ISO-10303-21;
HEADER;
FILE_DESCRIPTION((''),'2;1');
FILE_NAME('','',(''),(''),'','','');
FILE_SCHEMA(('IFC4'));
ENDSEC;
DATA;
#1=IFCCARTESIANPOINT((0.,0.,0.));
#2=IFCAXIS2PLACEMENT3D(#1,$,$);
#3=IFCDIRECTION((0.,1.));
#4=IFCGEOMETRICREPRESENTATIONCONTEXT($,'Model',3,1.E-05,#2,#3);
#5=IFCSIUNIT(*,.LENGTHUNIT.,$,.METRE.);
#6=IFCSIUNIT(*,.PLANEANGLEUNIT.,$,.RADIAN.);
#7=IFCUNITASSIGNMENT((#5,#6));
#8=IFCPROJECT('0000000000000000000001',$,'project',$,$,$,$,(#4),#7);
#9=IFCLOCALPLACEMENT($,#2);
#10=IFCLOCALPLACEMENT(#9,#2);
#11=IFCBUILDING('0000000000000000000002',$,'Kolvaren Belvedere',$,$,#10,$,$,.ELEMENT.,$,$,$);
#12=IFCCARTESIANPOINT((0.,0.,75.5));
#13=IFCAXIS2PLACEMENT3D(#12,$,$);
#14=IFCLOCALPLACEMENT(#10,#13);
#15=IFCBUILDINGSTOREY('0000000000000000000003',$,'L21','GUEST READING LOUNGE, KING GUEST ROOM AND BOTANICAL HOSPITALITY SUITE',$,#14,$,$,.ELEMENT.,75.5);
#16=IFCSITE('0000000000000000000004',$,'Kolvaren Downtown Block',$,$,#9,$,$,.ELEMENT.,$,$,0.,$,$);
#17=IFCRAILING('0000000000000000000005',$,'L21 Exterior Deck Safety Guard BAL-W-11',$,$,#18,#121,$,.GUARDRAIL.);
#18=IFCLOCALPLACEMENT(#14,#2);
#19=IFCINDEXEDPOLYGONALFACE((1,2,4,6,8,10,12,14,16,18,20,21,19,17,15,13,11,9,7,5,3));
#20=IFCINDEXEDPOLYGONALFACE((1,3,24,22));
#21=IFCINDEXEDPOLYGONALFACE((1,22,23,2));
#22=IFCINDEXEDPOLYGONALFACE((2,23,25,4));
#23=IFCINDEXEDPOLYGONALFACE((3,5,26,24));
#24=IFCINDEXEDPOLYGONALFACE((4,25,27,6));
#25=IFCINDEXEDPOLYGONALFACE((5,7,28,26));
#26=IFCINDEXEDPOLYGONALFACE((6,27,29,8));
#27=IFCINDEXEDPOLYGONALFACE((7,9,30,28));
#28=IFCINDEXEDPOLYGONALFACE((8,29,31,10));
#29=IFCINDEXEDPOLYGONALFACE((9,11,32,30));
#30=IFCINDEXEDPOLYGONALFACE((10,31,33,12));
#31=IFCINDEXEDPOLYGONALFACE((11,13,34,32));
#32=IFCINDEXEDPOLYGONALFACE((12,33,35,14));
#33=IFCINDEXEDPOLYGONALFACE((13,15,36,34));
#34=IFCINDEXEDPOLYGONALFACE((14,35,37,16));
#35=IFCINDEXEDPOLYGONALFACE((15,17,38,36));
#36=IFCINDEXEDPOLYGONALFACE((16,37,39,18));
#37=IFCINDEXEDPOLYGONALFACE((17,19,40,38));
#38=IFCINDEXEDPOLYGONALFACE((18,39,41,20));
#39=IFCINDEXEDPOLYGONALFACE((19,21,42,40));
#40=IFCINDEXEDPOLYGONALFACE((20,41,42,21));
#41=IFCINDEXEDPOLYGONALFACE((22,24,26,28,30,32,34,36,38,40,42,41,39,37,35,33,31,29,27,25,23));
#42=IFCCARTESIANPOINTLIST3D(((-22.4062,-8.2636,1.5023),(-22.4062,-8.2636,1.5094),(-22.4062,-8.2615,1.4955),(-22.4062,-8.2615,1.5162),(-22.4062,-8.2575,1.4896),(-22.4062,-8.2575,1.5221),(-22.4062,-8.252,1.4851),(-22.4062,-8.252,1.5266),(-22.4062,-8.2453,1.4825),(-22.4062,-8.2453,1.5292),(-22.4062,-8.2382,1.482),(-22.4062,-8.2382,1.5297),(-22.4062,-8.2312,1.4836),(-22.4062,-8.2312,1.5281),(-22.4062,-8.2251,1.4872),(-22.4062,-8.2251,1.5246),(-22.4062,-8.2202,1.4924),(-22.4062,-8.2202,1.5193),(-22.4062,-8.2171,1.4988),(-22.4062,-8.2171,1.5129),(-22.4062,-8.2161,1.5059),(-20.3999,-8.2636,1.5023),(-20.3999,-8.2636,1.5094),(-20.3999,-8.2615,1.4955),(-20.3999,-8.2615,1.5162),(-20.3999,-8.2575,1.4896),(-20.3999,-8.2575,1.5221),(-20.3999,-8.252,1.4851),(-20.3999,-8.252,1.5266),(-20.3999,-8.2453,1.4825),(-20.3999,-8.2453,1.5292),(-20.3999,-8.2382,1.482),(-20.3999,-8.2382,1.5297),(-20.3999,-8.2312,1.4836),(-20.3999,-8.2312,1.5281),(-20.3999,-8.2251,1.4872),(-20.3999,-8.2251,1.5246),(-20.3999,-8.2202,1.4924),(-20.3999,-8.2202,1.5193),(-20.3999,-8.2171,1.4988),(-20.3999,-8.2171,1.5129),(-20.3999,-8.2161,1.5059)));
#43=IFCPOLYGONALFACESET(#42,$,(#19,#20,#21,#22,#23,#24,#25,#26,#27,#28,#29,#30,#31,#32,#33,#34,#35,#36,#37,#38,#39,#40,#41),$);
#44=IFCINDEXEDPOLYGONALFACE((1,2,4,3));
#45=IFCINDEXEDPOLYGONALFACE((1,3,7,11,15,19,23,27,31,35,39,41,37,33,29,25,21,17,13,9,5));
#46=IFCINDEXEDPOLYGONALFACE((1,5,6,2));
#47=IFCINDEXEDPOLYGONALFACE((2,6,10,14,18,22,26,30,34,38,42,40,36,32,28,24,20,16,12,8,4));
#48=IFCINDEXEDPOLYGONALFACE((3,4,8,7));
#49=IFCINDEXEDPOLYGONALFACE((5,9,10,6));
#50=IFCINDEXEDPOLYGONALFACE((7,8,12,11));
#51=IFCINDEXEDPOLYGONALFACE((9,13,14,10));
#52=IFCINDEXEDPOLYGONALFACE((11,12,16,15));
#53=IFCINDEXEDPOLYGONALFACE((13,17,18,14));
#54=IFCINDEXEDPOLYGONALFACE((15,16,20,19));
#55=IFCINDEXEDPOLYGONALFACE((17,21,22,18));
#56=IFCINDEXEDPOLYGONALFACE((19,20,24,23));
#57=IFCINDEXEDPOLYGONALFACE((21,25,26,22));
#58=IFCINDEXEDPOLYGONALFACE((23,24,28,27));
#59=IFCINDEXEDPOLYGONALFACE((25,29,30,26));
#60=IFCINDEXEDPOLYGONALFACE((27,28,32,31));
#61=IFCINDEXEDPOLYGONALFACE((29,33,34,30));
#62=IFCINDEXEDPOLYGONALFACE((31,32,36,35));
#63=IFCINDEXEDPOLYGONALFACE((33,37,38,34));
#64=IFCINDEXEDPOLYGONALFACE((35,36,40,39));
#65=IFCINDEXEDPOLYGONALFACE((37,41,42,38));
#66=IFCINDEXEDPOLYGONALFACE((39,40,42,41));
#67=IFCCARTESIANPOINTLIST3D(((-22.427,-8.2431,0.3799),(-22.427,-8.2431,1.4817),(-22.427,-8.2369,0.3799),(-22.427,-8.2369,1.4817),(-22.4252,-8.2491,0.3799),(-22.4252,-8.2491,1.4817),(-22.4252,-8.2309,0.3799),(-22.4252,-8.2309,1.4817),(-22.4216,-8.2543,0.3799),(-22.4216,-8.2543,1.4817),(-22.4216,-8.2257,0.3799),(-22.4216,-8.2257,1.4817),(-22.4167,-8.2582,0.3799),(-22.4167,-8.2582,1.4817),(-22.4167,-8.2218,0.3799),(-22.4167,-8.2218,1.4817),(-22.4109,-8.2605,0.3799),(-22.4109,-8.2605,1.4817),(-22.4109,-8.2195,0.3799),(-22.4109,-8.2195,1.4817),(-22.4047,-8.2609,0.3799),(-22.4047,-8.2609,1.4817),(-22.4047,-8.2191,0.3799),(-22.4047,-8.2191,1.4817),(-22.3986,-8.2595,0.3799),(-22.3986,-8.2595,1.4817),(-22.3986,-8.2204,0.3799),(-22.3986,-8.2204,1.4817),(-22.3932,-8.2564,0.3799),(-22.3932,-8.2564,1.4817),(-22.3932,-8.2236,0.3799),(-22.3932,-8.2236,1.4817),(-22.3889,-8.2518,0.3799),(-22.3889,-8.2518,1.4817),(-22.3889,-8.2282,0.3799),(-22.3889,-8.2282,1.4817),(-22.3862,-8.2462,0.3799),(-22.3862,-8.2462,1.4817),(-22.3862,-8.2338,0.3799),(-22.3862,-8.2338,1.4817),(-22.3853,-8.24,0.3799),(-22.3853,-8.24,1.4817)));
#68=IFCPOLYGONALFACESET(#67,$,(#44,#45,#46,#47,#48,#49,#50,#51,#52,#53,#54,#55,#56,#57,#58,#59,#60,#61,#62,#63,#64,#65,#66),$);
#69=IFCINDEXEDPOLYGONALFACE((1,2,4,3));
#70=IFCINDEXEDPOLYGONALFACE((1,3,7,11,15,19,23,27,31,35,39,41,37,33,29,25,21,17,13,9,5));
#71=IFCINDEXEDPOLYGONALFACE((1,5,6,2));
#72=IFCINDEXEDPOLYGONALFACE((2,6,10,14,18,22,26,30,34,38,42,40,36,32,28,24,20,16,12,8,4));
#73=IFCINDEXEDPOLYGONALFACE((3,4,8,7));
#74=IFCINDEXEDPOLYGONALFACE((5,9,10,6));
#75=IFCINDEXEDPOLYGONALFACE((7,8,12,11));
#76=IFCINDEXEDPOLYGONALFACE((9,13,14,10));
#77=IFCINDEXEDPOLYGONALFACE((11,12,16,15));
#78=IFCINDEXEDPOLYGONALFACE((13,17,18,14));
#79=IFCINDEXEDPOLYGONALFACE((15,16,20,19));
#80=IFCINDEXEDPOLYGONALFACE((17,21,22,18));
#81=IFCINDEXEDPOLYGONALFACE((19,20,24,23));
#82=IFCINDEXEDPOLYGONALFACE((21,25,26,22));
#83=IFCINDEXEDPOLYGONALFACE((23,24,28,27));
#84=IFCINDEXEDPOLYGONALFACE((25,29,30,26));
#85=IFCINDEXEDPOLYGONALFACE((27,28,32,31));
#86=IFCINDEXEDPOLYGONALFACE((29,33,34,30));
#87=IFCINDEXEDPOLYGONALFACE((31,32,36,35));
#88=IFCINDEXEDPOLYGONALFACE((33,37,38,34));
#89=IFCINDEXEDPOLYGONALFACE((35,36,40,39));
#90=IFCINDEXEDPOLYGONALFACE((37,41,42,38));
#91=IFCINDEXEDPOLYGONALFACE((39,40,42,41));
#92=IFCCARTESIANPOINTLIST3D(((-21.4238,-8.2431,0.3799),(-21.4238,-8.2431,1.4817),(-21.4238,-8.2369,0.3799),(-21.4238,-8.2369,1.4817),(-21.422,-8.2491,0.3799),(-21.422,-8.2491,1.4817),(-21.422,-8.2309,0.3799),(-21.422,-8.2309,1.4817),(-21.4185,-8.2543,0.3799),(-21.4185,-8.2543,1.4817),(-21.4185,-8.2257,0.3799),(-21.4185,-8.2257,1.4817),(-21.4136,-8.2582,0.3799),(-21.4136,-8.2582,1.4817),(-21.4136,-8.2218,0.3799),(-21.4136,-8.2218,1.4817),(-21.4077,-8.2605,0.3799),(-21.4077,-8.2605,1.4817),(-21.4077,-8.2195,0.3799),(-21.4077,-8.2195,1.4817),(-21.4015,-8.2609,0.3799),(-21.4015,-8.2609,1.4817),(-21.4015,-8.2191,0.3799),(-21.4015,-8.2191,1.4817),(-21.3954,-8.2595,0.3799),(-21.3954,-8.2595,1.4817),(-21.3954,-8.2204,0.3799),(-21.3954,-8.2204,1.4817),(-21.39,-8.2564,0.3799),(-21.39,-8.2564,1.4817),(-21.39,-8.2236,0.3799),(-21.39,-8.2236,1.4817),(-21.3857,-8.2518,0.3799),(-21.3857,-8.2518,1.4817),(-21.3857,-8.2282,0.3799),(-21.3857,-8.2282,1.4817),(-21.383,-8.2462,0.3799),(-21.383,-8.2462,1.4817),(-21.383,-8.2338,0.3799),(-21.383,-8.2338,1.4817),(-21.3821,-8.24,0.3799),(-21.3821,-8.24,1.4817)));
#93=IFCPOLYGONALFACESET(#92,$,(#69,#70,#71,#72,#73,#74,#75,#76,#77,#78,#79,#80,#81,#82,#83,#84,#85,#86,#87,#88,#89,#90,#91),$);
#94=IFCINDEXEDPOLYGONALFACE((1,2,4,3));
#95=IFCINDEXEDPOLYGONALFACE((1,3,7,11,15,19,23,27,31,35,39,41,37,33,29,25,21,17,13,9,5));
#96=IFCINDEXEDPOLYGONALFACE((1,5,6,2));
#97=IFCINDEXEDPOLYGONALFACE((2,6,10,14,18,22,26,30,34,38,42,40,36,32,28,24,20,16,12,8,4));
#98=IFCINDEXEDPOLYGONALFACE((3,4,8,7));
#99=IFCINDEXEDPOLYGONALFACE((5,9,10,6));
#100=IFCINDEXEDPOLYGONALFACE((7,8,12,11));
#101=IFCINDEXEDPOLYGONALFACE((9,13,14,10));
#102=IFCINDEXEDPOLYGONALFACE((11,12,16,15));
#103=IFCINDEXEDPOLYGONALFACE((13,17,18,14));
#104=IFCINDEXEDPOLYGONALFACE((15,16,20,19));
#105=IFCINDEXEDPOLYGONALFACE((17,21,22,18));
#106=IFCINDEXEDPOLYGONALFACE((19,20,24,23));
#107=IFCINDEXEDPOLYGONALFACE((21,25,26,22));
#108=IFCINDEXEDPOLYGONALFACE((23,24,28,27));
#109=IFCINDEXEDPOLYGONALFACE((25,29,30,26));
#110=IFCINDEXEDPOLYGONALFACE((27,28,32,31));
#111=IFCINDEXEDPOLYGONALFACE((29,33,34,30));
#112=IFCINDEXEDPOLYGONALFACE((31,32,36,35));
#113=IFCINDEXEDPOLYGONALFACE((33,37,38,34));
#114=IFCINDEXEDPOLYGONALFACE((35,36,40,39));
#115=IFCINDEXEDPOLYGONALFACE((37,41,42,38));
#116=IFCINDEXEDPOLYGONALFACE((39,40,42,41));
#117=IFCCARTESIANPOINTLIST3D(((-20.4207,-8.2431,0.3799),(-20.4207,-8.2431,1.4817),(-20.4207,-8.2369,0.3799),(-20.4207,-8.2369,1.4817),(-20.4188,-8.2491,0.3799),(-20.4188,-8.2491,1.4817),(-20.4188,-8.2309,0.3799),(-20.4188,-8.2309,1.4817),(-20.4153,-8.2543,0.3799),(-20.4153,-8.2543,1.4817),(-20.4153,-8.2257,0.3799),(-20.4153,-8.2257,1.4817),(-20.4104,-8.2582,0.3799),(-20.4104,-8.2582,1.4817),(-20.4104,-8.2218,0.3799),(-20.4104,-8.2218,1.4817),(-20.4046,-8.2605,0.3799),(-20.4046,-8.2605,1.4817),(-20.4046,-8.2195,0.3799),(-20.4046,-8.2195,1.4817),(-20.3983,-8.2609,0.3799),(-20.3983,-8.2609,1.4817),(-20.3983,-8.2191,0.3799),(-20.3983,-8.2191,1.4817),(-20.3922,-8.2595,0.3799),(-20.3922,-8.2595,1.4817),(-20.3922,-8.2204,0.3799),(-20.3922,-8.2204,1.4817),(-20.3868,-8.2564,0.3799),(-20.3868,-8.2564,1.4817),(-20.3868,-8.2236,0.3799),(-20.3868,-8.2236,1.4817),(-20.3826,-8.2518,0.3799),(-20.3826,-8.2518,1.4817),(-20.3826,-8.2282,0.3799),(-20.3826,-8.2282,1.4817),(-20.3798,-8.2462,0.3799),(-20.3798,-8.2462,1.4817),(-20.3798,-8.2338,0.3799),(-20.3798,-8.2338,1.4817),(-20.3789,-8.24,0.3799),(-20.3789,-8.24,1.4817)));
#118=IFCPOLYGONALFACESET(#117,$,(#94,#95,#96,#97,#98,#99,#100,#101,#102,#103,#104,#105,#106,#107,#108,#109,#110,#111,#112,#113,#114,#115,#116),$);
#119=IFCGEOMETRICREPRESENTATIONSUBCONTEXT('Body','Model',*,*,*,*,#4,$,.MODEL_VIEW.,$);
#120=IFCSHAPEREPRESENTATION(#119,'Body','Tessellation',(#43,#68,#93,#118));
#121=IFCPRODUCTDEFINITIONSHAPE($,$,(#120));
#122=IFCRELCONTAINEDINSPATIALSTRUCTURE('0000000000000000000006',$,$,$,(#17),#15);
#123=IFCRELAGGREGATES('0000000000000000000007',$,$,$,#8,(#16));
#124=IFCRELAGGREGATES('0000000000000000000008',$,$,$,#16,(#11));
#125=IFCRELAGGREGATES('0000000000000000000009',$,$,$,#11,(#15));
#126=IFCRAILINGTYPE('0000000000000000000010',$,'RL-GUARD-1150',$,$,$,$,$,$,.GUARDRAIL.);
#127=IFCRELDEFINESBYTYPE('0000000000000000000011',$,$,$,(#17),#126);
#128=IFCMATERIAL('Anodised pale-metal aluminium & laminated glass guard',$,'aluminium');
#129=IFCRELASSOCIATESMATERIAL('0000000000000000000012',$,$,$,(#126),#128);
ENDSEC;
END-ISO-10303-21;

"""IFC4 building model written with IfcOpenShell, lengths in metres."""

from ifc_helpers import new_model, si_unit, direction, frame, origin, origin_2d, place, context, subcontext, project, spatial, circle, extrude, material, type_object, element, save


model = new_model("IFC4")

# Units and contexts
model_context = context("Model", 3, precision=1e-05, world=origin(), true_north=direction((0.0, 1.0)))
body_context = subcontext(model_context, "Body", "Model", "MODEL_VIEW")
ifc_project = project(units=[si_unit("LENGTHUNIT", "METRE"), si_unit("PLANEANGLEUNIT", "RADIAN")], contexts=[model_context])

# Site, building, storey
site_placement = place(None, origin())
site = spatial("IfcSite", under=ifc_project, at=site_placement, Name="Kolvaren Downtown Block", CompositionType="ELEMENT", RefElevation=0.0)
building_placement = place(site_placement, origin())
building = spatial("IfcBuilding", under=site, at=building_placement, Name="Kolvaren Belvedere", CompositionType="ELEMENT")
storey_placement = place(building_placement, frame((0.0, 0.0, 75.5)))
storey = spatial("IfcBuildingStorey", under=building, at=storey_placement, Name="L21", Description="GUEST READING LOUNGE, KING GUEST ROOM AND BOTANICAL HOSPITALITY SUITE", CompositionType="ELEMENT", Elevation=75.5)

# Railing
ifc_material_1 = material(Name="Anodised pale-metal aluminium & laminated glass guard", Category="aluminium")
railing_type = type_object("IfcRailingType", Name="RL-GUARD-1150", PredefinedType="GUARDRAIL", material=ifc_material_1)
railing_1_placement = place(storey_placement, frame((-22.4062, -8.24, 0.3799)))
element("IfcRailing", 1, at=railing_1_placement, inside=storey, type_object=railing_type, Name="L21 Exterior Deck Safety Guard BAL-W-11", PredefinedType="GUARDRAIL", context=body_context, shape_type="SweptSolid", body=[
    extrude(circle(Radius=0.0239, at=origin_2d()), frame((0.0, 0.0, 1.126), z_axis=(1.0, 0.0, 0.0), x_axis=(0.0, 1.0, 0.0)), (0.0, 0.0, 1.0), 2.0063),
    extrude(circle(Radius=0.021, at=origin_2d()), origin(), (0.0, 0.0, 1.0), 1.1018),
    extrude(circle(Radius=0.021, at=origin_2d()), frame((1.0032, 0.0, 0.0)), (0.0, 0.0, 1.0), 1.1018),
    extrude(circle(Radius=0.021, at=origin_2d()), frame((2.0063, 0.0, 0.0)), (0.0, 0.0, 1.0), 1.1018),
])

save(model, "model.ifc")
